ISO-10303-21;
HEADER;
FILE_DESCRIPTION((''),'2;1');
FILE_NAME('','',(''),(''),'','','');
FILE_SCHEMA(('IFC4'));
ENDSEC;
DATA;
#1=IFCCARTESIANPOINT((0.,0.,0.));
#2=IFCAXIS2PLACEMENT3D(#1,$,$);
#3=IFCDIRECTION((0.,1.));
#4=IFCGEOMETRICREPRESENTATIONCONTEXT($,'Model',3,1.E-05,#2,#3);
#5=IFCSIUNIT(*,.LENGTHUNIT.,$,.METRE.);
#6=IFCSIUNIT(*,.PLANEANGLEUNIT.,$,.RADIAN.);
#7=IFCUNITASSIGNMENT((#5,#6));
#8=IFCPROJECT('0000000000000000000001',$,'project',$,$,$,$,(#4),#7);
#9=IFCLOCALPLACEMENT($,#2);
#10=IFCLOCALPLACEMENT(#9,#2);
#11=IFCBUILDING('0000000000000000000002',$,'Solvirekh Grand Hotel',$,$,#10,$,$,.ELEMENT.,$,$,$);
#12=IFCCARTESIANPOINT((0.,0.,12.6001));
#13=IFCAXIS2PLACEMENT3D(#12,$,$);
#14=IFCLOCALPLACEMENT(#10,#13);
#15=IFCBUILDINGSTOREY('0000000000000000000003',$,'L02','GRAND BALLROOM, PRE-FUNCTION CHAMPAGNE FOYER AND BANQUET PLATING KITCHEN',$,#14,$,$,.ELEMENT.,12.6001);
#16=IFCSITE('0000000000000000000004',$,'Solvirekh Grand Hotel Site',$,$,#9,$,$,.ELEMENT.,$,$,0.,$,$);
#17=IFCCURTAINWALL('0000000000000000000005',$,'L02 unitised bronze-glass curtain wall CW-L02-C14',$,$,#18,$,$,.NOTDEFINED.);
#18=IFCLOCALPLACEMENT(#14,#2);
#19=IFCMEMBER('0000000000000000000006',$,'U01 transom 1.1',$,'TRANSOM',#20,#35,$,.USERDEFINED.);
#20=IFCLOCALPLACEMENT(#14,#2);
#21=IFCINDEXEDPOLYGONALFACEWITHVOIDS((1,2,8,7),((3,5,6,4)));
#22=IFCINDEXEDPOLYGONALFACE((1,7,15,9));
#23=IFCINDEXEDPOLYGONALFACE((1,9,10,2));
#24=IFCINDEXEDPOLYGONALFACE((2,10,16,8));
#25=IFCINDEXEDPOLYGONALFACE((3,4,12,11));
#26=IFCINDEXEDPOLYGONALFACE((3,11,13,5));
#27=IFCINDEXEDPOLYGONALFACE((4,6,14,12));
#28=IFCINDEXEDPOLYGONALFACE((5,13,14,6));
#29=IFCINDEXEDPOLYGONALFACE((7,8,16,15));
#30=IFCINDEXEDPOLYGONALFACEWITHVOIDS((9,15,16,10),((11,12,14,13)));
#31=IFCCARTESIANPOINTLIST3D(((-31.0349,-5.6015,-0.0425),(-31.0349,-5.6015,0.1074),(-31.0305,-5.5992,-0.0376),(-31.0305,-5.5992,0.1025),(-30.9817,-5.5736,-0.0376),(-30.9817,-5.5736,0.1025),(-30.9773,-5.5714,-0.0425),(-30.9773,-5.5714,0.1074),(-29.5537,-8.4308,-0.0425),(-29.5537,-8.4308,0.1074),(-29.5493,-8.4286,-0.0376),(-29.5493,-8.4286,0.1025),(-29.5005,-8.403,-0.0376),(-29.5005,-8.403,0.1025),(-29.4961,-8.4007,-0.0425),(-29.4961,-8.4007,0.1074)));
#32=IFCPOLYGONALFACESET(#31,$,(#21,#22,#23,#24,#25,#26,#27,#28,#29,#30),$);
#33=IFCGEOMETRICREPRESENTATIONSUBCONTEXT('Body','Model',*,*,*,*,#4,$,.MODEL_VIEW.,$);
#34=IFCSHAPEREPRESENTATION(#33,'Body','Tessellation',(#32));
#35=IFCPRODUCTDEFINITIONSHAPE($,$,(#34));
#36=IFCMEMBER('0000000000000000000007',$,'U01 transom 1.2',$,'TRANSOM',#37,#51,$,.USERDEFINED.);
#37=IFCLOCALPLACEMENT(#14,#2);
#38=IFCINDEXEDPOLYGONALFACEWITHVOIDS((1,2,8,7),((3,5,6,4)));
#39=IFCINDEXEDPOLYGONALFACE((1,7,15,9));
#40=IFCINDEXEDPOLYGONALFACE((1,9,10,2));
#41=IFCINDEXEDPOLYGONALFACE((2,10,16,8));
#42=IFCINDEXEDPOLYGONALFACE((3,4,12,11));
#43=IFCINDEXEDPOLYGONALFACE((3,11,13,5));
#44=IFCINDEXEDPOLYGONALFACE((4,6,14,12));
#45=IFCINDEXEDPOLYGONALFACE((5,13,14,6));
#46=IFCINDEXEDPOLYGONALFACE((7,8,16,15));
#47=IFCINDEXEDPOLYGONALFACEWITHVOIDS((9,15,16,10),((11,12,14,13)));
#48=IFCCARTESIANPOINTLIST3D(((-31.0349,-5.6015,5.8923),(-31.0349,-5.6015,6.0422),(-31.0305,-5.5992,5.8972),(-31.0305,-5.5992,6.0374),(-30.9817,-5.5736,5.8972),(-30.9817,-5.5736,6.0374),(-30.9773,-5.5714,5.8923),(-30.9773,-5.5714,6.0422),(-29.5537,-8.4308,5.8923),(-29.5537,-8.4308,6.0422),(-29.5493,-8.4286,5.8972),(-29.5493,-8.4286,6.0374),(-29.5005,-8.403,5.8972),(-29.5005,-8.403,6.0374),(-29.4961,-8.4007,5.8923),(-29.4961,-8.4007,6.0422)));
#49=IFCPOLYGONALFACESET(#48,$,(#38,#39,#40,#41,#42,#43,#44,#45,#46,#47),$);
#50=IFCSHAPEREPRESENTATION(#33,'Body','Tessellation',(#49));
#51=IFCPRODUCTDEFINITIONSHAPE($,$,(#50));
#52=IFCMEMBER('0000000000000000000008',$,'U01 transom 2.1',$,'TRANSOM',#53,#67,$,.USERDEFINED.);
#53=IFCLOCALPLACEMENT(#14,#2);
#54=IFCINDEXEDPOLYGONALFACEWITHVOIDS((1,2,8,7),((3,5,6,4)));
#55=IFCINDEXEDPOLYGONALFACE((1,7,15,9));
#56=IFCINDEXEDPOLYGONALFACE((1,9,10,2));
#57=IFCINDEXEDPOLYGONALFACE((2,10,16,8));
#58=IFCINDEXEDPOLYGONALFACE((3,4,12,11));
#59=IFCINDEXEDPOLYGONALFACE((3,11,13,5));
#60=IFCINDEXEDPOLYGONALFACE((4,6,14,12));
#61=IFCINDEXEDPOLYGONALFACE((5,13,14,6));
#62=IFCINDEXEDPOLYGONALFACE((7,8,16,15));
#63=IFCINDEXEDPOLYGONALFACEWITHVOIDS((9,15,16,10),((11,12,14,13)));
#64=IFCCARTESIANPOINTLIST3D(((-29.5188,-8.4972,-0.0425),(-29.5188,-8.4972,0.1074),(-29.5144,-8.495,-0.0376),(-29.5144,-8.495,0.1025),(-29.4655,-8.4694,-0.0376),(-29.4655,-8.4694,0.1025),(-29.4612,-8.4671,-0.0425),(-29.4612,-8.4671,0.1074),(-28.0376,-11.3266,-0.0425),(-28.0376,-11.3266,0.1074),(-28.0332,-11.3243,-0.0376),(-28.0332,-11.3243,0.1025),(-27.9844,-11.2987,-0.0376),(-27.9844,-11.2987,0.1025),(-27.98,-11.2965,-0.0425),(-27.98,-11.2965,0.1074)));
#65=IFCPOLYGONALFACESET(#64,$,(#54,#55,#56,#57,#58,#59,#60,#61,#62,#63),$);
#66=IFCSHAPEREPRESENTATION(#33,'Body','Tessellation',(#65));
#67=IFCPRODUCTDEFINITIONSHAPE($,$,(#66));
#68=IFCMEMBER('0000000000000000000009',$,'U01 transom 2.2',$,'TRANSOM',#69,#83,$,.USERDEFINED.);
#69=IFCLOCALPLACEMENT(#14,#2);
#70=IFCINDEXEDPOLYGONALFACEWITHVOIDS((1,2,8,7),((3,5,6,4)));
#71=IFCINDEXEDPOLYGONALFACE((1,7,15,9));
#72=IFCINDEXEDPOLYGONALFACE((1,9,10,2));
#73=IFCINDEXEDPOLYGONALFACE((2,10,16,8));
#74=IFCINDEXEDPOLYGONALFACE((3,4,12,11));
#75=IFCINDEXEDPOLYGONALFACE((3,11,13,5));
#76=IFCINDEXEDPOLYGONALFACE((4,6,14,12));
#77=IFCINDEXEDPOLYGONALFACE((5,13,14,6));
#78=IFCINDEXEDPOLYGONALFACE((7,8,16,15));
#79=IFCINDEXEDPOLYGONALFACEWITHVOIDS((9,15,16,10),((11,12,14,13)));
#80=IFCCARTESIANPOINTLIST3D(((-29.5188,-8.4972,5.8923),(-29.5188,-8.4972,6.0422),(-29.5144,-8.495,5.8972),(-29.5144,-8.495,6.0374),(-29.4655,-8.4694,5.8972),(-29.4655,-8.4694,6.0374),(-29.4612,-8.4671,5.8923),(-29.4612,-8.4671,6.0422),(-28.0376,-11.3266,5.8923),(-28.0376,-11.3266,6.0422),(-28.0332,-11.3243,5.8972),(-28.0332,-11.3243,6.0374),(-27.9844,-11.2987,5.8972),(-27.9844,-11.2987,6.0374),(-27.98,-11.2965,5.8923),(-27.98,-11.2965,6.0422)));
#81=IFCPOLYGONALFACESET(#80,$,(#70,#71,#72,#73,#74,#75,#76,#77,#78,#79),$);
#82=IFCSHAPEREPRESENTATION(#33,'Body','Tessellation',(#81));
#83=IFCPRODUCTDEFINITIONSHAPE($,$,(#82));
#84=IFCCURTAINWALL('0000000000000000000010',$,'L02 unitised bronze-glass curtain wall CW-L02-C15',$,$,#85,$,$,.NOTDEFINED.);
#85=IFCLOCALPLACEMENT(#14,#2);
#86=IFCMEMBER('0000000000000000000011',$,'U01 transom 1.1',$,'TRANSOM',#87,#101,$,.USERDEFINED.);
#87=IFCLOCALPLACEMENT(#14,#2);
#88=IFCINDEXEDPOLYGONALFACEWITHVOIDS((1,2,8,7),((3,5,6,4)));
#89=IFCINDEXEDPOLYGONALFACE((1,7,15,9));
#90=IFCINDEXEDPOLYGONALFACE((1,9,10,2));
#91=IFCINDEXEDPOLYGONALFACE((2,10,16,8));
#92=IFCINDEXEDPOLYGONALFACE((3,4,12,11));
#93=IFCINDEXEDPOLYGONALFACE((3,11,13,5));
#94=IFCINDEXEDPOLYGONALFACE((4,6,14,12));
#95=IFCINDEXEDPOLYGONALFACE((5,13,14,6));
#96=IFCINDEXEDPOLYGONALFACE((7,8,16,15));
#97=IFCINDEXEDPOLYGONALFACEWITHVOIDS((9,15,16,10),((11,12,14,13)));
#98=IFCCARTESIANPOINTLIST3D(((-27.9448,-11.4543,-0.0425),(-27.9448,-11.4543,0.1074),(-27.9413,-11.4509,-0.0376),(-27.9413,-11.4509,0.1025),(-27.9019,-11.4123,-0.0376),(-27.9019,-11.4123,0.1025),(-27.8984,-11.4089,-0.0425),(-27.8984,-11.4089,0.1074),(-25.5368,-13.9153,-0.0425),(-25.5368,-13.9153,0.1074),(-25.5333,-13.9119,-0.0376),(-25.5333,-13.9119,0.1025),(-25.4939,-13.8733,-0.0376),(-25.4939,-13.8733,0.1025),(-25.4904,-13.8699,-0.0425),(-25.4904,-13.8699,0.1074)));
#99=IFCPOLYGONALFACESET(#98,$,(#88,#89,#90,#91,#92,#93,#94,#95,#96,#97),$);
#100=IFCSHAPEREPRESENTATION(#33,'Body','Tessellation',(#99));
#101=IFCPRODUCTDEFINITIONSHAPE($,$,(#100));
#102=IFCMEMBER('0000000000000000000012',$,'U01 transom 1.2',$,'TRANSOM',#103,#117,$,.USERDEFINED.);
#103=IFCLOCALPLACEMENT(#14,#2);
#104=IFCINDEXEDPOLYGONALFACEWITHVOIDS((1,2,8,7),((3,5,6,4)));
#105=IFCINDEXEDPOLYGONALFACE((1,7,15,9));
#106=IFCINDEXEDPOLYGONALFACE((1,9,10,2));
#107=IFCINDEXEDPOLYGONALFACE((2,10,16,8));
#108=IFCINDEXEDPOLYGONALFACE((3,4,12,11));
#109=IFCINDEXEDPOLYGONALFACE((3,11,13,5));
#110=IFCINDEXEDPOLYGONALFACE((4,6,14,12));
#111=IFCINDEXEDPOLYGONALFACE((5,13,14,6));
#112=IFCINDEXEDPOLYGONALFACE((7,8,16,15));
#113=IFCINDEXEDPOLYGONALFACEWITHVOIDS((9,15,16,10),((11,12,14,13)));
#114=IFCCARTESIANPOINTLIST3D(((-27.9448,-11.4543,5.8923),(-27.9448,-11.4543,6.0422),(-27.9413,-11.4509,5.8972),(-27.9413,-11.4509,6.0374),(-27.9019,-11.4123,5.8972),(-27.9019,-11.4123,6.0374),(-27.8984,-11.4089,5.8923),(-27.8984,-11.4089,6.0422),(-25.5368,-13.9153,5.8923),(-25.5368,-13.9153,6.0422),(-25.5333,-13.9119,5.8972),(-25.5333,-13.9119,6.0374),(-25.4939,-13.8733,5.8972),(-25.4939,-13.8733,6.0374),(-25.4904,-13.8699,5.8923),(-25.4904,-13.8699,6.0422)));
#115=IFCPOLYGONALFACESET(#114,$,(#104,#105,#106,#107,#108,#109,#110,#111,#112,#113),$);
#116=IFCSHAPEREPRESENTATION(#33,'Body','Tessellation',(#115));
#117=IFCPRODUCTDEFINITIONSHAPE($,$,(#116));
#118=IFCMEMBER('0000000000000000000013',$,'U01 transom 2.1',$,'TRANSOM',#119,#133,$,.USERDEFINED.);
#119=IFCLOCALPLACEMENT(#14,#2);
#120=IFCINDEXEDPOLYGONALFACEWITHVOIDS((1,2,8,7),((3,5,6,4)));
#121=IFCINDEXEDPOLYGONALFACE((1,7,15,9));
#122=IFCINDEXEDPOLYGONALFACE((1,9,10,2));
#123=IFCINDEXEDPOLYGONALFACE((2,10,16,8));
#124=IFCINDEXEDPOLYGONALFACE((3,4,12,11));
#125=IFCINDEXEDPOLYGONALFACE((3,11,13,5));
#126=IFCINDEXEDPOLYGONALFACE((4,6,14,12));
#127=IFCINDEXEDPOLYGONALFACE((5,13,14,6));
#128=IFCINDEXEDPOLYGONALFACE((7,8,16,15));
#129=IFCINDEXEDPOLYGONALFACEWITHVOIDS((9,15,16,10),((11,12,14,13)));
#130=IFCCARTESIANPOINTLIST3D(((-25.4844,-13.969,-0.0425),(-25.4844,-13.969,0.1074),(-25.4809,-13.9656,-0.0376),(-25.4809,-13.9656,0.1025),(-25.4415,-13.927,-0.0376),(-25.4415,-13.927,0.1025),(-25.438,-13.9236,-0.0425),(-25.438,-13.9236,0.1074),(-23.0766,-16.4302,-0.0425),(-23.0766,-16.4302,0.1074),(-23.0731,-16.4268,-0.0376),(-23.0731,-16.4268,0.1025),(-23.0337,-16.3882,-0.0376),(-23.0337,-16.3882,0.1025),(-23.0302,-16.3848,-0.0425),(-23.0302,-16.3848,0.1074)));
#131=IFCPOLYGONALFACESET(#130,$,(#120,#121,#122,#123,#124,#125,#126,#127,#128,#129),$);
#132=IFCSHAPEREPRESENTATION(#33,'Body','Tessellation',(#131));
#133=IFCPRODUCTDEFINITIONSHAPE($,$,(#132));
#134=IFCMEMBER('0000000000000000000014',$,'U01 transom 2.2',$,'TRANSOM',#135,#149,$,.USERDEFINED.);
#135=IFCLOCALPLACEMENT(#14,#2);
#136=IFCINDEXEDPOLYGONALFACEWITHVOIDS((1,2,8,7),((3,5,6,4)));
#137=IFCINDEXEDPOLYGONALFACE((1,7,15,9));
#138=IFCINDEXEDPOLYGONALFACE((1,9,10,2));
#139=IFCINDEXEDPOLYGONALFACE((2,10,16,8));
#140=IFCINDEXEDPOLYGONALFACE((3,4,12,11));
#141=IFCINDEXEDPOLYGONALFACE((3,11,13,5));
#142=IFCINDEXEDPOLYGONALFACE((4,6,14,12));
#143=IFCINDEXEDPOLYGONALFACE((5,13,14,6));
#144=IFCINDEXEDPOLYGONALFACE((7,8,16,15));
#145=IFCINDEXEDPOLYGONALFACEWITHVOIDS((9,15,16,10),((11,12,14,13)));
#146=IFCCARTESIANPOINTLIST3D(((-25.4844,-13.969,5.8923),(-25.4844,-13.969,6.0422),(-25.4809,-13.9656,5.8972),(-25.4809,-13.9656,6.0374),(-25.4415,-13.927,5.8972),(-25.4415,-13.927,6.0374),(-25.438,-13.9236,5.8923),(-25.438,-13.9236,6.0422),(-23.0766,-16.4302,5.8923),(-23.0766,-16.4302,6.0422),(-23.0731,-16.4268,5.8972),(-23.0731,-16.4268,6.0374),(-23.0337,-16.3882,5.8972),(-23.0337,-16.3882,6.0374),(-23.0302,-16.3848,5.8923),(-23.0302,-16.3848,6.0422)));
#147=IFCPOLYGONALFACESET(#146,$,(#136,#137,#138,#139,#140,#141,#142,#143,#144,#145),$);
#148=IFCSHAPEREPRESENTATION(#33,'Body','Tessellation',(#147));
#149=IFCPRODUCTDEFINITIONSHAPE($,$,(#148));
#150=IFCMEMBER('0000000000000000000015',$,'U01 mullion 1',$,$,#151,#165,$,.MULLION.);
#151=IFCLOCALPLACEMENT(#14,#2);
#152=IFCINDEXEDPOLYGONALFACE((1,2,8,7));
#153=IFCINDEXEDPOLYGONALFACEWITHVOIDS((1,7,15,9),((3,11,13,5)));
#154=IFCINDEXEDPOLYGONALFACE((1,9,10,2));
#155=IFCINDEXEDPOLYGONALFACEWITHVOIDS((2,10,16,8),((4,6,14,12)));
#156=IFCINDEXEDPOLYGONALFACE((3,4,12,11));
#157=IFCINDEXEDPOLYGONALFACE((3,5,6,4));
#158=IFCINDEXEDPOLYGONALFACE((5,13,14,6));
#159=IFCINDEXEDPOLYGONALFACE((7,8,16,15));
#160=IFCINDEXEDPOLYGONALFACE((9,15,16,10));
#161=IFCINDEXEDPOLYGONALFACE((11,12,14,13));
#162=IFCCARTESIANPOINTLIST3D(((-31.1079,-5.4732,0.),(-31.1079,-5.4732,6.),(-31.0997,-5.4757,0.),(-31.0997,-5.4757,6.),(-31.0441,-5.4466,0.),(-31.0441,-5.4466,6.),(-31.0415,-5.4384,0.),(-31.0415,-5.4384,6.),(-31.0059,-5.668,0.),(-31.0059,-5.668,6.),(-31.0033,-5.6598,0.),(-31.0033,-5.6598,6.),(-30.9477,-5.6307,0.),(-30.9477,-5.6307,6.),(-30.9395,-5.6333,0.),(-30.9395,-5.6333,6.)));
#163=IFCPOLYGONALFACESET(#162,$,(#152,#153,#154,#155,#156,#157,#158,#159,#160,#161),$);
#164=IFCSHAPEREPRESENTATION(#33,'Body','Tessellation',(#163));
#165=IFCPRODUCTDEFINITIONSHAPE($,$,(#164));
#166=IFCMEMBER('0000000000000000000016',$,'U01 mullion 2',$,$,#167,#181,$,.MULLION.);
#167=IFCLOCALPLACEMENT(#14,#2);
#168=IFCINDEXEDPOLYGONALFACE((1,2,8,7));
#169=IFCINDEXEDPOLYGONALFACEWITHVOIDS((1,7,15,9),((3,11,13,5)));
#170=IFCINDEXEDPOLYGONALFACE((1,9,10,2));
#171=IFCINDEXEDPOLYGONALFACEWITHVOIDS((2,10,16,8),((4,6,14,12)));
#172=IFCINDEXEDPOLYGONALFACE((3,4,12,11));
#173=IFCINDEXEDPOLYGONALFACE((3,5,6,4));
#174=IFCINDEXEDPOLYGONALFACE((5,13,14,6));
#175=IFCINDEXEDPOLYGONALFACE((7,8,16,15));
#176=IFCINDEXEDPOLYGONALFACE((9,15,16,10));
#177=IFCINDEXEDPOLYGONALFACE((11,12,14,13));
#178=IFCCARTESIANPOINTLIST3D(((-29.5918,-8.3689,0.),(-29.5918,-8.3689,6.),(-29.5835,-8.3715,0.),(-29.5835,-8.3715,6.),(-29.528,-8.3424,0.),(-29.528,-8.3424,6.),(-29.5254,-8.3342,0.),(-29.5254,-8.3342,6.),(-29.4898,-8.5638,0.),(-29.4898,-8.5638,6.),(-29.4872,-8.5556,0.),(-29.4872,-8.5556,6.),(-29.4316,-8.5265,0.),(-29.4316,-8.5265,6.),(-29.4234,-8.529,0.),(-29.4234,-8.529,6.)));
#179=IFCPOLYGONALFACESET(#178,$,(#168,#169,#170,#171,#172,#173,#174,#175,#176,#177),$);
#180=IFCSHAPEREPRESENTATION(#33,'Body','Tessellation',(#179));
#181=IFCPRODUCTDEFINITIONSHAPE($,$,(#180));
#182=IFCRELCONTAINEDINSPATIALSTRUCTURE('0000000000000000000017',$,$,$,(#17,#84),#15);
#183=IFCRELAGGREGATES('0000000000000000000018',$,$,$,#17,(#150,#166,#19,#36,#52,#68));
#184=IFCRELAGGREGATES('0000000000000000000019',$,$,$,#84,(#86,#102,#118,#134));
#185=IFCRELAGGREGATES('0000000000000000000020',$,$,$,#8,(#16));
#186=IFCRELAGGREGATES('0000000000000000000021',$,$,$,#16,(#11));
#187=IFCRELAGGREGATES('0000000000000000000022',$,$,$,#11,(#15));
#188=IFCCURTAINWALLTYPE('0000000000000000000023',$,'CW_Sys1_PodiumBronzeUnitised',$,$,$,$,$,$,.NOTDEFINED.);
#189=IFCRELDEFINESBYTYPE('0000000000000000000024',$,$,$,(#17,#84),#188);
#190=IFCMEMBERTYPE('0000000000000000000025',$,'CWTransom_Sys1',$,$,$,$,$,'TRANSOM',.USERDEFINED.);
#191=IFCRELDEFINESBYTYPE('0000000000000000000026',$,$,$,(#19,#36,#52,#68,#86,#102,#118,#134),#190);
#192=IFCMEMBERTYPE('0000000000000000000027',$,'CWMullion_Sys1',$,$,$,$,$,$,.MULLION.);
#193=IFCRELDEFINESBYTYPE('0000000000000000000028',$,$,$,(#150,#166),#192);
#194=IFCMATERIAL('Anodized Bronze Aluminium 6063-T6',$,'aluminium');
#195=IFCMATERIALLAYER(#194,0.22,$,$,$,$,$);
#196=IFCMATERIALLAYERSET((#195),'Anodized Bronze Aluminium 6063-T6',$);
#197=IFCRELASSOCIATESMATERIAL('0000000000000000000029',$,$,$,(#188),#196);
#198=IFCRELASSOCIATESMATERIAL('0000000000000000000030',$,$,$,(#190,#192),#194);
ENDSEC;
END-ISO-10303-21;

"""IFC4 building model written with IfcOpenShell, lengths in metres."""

from ifc_helpers import new_model, si_unit, direction, frame, origin, origin_2d, place, context, subcontext, project, spatial, hollow_rectangle, extrude, source, transform, mapped, material, layer, layer_set, material_profile, profile_set, type_object, element, aggregate, save


model = new_model("IFC4")

# Units and contexts
model_context = context("Model", 3, precision=1e-05, world=origin(), true_north=direction((0.0, 1.0)))
body_context = subcontext(model_context, "Body", "Model", "MODEL_VIEW")
ifc_project = project(units=[si_unit("LENGTHUNIT", "METRE"), si_unit("PLANEANGLEUNIT", "RADIAN")], contexts=[model_context])

# Site, building, storey
site_placement = place(None, origin())
site = spatial("IfcSite", under=ifc_project, at=site_placement, Name="Solvirekh Grand Hotel Site", CompositionType="ELEMENT", RefElevation=0.0)
building_placement = place(site_placement, origin())
building = spatial("IfcBuilding", under=site, at=building_placement, Name="Solvirekh Grand Hotel", CompositionType="ELEMENT")
storey_placement = place(building_placement, frame((0.0, 0.0, 12.6001)))
storey = spatial("IfcBuildingStorey", under=building, at=storey_placement, Name="L02", Description="GRAND BALLROOM, PRE-FUNCTION CHAMPAGNE FOYER AND BANQUET PLATING KITCHEN", CompositionType="ELEMENT", Elevation=12.6001)

# Curtain walls, members
ifc_material_1 = material(Name="Anodized Bronze Aluminium 6063-T6", Category="aluminium")
ifc_layer_1 = layer(ifc_material_1, 0.22)
ifc_layer_set_1 = layer_set([ifc_layer_1], Name="Anodized Bronze Aluminium 6063-T6")
curtain_wall_type = type_object("IfcCurtainWallType", Name="CW_Sys1_PodiumBronzeUnitised", PredefinedType="NOTDEFINED", material=ifc_layer_set_1)
curtain_wall_1_placement = place(storey_placement, origin())
curtain_wall_1 = element("IfcCurtainWall", 1, at=curtain_wall_1_placement, inside=storey, type_object=curtain_wall_type, Name="L02 unitised bronze-glass curtain wall CW-L02-C14", PredefinedType="NOTDEFINED")
ifc_material_profile_1 = material_profile(ifc_material_1, hollow_rectangle(XDim=0.0649, YDim=0.1499, WallThickness=0.0049, at=origin_2d()), Name="ALU RHS 150X65X5")
ifc_profile_set_1 = profile_set([ifc_material_profile_1], Name="Anodized Bronze Aluminium 6063-T6")
member_type_1 = type_object("IfcMemberType", Name="CWTransom_Sys1", ElementType="TRANSOM", PredefinedType="USERDEFINED", material=ifc_profile_set_1)
shared_shape_1 = source(origin(), body_context, "Body", "SweptSolid", [
    extrude(hollow_rectangle(XDim=0.0649, YDim=0.1499, WallThickness=0.0049, at=origin_2d()), origin(), (0.0, 0.0, 1.0), 3.1936),
])
member_1_placement = place(storey_placement, frame((-31.0061, -5.5864, 0.0325), z_axis=(0.463801, -0.885939, 0.0), x_axis=(0.885939, 0.463801, 0.0)))
member_1 = element("IfcMember", 2, at=member_1_placement, type_object=member_type_1, Name="U01 transom 1.1", ObjectType="TRANSOM", PredefinedType="USERDEFINED", context=body_context, shape_type="MappedRepresentation", body=[
    mapped(shared_shape_1, transform((0.0, 0.0, 0.0), x_axis=(1.0, 0.0, 0.0), y_axis=(0.0, 1.0, 0.0), z_axis=(0.0, 0.0, 1.0), scale=1.0)),
])
member_2_placement = place(storey_placement, frame((-31.0061, -5.5864, 5.9673), z_axis=(0.463801, -0.885939, 0.0), x_axis=(0.885939, 0.463801, 0.0)))
member_2 = element("IfcMember", 3, at=member_2_placement, type_object=member_type_1, Name="U01 transom 1.2", ObjectType="TRANSOM", PredefinedType="USERDEFINED", context=body_context, shape_type="MappedRepresentation", body=[
    mapped(shared_shape_1, transform((0.0, 0.0, 0.0), x_axis=(1.0, 0.0, 0.0), y_axis=(0.0, 1.0, 0.0), z_axis=(0.0, 0.0, 1.0), scale=1.0)),
])
member_3_placement = place(storey_placement, frame((-29.49, -8.4822, 0.0325), z_axis=(0.463801, -0.885939, 0.0), x_axis=(0.885939, 0.463801, 0.0)))
member_3 = element("IfcMember", 4, at=member_3_placement, type_object=member_type_1, Name="U01 transom 2.1", ObjectType="TRANSOM", PredefinedType="USERDEFINED", context=body_context, shape_type="MappedRepresentation", body=[
    mapped(shared_shape_1, transform((0.0, 0.0, 0.0), x_axis=(1.0, 0.0, 0.0), y_axis=(0.0, 1.0, 0.0), z_axis=(0.0, 0.0, 1.0), scale=1.0)),
])
member_4_placement = place(storey_placement, frame((-29.49, -8.4822, 5.9673), z_axis=(0.463801, -0.885939, 0.0), x_axis=(0.885939, 0.463801, 0.0)))
member_4 = element("IfcMember", 5, at=member_4_placement, type_object=member_type_1, Name="U01 transom 2.2", ObjectType="TRANSOM", PredefinedType="USERDEFINED", context=body_context, shape_type="MappedRepresentation", body=[
    mapped(shared_shape_1, transform((0.0, 0.0, 0.0), x_axis=(1.0, 0.0, 0.0), y_axis=(0.0, 1.0, 0.0), z_axis=(0.0, 0.0, 1.0), scale=1.0)),
])
curtain_wall_2_placement = place(storey_placement, origin())
curtain_wall_2 = element("IfcCurtainWall", 6, at=curtain_wall_2_placement, inside=storey, type_object=curtain_wall_type, Name="L02 unitised bronze-glass curtain wall CW-L02-C15", PredefinedType="NOTDEFINED")
shared_shape_2 = source(origin(), body_context, "Body", "SweptSolid", [
    extrude(hollow_rectangle(XDim=0.0649, YDim=0.1499, WallThickness=0.0049, at=origin_2d()), origin(), (0.0, 0.0, 1.0), 3.4431),
])
member_5_placement = place(storey_placement, frame((-27.9216, -11.4316, 0.0325), z_axis=(0.699371, -0.714759, 0.0), x_axis=(0.714759, 0.699371, 0.0)))
member_5 = element("IfcMember", 7, at=member_5_placement, type_object=member_type_1, Name="U01 transom 1.1", ObjectType="TRANSOM", PredefinedType="USERDEFINED", context=body_context, shape_type="MappedRepresentation", body=[
    mapped(shared_shape_2, transform((0.0, 0.0, 0.0), x_axis=(1.0, 0.0, 0.0), y_axis=(0.0, 1.0, 0.0), z_axis=(0.0, 0.0, 1.0), scale=1.0)),
])
member_6_placement = place(storey_placement, frame((-27.9216, -11.4316, 5.9673), z_axis=(0.699371, -0.714759, 0.0), x_axis=(0.714759, 0.699371, 0.0)))
member_6 = element("IfcMember", 8, at=member_6_placement, type_object=member_type_1, Name="U01 transom 1.2", ObjectType="TRANSOM", PredefinedType="USERDEFINED", context=body_context, shape_type="MappedRepresentation", body=[
    mapped(shared_shape_2, transform((0.0, 0.0, 0.0), x_axis=(1.0, 0.0, 0.0), y_axis=(0.0, 1.0, 0.0), z_axis=(0.0, 0.0, 1.0), scale=1.0)),
])
member_7_placement = place(storey_placement, frame((-25.4612, -13.9463, 0.0325), z_axis=(0.6993, -0.714829, 0.0), x_axis=(0.714829, 0.6993, 0.0)))
member_7 = element("IfcMember", 9, at=member_7_placement, type_object=member_type_1, Name="U01 transom 2.1", ObjectType="TRANSOM", PredefinedType="USERDEFINED", context=body_context, shape_type="MappedRepresentation", body=[
    mapped(shared_shape_2, transform((0.0, 0.0, 0.0), x_axis=(1.0, 0.0, 0.0), y_axis=(0.0, 1.0, 0.0), z_axis=(0.0, 0.0, 1.0), scale=1.0)),
])
member_8_placement = place(storey_placement, frame((-25.4612, -13.9463, 5.9673), z_axis=(0.6993, -0.714829, 0.0), x_axis=(0.714829, 0.6993, 0.0)))
member_8 = element("IfcMember", 10, at=member_8_placement, type_object=member_type_1, Name="U01 transom 2.2", ObjectType="TRANSOM", PredefinedType="USERDEFINED", context=body_context, shape_type="MappedRepresentation", body=[
    mapped(shared_shape_2, transform((0.0, 0.0, 0.0), x_axis=(1.0, 0.0, 0.0), y_axis=(0.0, 1.0, 0.0), z_axis=(0.0, 0.0, 1.0), scale=1.0)),
])

# Members
ifc_material_profile_2 = material_profile(ifc_material_1, hollow_rectangle(XDim=0.075, YDim=0.22, WallThickness=0.0061, at=origin_2d()), Name="ALU RHS 220X75X6")
ifc_profile_set_2 = profile_set([ifc_material_profile_2], Name="Anodized Bronze Aluminium 6063-T6")
member_type_2 = type_object("IfcMemberType", Name="CWMullion_Sys1", PredefinedType="MULLION", material=ifc_profile_set_2)
shared_shape_3 = source(origin(), body_context, "Body", "SweptSolid", [
    extrude(hollow_rectangle(XDim=0.075, YDim=0.22, WallThickness=0.0061, at=origin_2d()), origin(), (0.0, 0.0, 1.0), 6.0),
])
member_9_placement = place(storey_placement, frame((-31.0237, -5.5532, 0.0), z_axis=(0.0, 0.0, 1.0), x_axis=(0.885923, 0.463832, 0.0)))
member_9 = element("IfcMember", 11, at=member_9_placement, type_object=member_type_2, Name="U01 mullion 1", PredefinedType="MULLION", context=body_context, shape_type="MappedRepresentation", body=[
    mapped(shared_shape_3, transform((0.0, 0.0, 0.0), x_axis=(1.0, 0.0, 0.0), y_axis=(0.0, 1.0, 0.0), z_axis=(0.0, 0.0, 1.0), scale=1.0)),
])
member_10_placement = place(storey_placement, frame((-29.5076, -8.449, 0.0), z_axis=(0.0, 0.0, 1.0), x_axis=(0.885923, 0.463832, 0.0)))
member_10 = element("IfcMember", 12, at=member_10_placement, type_object=member_type_2, Name="U01 mullion 2", PredefinedType="MULLION", context=body_context, shape_type="MappedRepresentation", body=[
    mapped(shared_shape_3, transform((0.0, 0.0, 0.0), x_axis=(1.0, 0.0, 0.0), y_axis=(0.0, 1.0, 0.0), z_axis=(0.0, 0.0, 1.0), scale=1.0)),
])

aggregate(curtain_wall_1, [member_9, member_10, member_1, member_2, member_3, member_4])
aggregate(curtain_wall_2, [member_5, member_6, member_7, member_8])

save(model, "model.ifc")
